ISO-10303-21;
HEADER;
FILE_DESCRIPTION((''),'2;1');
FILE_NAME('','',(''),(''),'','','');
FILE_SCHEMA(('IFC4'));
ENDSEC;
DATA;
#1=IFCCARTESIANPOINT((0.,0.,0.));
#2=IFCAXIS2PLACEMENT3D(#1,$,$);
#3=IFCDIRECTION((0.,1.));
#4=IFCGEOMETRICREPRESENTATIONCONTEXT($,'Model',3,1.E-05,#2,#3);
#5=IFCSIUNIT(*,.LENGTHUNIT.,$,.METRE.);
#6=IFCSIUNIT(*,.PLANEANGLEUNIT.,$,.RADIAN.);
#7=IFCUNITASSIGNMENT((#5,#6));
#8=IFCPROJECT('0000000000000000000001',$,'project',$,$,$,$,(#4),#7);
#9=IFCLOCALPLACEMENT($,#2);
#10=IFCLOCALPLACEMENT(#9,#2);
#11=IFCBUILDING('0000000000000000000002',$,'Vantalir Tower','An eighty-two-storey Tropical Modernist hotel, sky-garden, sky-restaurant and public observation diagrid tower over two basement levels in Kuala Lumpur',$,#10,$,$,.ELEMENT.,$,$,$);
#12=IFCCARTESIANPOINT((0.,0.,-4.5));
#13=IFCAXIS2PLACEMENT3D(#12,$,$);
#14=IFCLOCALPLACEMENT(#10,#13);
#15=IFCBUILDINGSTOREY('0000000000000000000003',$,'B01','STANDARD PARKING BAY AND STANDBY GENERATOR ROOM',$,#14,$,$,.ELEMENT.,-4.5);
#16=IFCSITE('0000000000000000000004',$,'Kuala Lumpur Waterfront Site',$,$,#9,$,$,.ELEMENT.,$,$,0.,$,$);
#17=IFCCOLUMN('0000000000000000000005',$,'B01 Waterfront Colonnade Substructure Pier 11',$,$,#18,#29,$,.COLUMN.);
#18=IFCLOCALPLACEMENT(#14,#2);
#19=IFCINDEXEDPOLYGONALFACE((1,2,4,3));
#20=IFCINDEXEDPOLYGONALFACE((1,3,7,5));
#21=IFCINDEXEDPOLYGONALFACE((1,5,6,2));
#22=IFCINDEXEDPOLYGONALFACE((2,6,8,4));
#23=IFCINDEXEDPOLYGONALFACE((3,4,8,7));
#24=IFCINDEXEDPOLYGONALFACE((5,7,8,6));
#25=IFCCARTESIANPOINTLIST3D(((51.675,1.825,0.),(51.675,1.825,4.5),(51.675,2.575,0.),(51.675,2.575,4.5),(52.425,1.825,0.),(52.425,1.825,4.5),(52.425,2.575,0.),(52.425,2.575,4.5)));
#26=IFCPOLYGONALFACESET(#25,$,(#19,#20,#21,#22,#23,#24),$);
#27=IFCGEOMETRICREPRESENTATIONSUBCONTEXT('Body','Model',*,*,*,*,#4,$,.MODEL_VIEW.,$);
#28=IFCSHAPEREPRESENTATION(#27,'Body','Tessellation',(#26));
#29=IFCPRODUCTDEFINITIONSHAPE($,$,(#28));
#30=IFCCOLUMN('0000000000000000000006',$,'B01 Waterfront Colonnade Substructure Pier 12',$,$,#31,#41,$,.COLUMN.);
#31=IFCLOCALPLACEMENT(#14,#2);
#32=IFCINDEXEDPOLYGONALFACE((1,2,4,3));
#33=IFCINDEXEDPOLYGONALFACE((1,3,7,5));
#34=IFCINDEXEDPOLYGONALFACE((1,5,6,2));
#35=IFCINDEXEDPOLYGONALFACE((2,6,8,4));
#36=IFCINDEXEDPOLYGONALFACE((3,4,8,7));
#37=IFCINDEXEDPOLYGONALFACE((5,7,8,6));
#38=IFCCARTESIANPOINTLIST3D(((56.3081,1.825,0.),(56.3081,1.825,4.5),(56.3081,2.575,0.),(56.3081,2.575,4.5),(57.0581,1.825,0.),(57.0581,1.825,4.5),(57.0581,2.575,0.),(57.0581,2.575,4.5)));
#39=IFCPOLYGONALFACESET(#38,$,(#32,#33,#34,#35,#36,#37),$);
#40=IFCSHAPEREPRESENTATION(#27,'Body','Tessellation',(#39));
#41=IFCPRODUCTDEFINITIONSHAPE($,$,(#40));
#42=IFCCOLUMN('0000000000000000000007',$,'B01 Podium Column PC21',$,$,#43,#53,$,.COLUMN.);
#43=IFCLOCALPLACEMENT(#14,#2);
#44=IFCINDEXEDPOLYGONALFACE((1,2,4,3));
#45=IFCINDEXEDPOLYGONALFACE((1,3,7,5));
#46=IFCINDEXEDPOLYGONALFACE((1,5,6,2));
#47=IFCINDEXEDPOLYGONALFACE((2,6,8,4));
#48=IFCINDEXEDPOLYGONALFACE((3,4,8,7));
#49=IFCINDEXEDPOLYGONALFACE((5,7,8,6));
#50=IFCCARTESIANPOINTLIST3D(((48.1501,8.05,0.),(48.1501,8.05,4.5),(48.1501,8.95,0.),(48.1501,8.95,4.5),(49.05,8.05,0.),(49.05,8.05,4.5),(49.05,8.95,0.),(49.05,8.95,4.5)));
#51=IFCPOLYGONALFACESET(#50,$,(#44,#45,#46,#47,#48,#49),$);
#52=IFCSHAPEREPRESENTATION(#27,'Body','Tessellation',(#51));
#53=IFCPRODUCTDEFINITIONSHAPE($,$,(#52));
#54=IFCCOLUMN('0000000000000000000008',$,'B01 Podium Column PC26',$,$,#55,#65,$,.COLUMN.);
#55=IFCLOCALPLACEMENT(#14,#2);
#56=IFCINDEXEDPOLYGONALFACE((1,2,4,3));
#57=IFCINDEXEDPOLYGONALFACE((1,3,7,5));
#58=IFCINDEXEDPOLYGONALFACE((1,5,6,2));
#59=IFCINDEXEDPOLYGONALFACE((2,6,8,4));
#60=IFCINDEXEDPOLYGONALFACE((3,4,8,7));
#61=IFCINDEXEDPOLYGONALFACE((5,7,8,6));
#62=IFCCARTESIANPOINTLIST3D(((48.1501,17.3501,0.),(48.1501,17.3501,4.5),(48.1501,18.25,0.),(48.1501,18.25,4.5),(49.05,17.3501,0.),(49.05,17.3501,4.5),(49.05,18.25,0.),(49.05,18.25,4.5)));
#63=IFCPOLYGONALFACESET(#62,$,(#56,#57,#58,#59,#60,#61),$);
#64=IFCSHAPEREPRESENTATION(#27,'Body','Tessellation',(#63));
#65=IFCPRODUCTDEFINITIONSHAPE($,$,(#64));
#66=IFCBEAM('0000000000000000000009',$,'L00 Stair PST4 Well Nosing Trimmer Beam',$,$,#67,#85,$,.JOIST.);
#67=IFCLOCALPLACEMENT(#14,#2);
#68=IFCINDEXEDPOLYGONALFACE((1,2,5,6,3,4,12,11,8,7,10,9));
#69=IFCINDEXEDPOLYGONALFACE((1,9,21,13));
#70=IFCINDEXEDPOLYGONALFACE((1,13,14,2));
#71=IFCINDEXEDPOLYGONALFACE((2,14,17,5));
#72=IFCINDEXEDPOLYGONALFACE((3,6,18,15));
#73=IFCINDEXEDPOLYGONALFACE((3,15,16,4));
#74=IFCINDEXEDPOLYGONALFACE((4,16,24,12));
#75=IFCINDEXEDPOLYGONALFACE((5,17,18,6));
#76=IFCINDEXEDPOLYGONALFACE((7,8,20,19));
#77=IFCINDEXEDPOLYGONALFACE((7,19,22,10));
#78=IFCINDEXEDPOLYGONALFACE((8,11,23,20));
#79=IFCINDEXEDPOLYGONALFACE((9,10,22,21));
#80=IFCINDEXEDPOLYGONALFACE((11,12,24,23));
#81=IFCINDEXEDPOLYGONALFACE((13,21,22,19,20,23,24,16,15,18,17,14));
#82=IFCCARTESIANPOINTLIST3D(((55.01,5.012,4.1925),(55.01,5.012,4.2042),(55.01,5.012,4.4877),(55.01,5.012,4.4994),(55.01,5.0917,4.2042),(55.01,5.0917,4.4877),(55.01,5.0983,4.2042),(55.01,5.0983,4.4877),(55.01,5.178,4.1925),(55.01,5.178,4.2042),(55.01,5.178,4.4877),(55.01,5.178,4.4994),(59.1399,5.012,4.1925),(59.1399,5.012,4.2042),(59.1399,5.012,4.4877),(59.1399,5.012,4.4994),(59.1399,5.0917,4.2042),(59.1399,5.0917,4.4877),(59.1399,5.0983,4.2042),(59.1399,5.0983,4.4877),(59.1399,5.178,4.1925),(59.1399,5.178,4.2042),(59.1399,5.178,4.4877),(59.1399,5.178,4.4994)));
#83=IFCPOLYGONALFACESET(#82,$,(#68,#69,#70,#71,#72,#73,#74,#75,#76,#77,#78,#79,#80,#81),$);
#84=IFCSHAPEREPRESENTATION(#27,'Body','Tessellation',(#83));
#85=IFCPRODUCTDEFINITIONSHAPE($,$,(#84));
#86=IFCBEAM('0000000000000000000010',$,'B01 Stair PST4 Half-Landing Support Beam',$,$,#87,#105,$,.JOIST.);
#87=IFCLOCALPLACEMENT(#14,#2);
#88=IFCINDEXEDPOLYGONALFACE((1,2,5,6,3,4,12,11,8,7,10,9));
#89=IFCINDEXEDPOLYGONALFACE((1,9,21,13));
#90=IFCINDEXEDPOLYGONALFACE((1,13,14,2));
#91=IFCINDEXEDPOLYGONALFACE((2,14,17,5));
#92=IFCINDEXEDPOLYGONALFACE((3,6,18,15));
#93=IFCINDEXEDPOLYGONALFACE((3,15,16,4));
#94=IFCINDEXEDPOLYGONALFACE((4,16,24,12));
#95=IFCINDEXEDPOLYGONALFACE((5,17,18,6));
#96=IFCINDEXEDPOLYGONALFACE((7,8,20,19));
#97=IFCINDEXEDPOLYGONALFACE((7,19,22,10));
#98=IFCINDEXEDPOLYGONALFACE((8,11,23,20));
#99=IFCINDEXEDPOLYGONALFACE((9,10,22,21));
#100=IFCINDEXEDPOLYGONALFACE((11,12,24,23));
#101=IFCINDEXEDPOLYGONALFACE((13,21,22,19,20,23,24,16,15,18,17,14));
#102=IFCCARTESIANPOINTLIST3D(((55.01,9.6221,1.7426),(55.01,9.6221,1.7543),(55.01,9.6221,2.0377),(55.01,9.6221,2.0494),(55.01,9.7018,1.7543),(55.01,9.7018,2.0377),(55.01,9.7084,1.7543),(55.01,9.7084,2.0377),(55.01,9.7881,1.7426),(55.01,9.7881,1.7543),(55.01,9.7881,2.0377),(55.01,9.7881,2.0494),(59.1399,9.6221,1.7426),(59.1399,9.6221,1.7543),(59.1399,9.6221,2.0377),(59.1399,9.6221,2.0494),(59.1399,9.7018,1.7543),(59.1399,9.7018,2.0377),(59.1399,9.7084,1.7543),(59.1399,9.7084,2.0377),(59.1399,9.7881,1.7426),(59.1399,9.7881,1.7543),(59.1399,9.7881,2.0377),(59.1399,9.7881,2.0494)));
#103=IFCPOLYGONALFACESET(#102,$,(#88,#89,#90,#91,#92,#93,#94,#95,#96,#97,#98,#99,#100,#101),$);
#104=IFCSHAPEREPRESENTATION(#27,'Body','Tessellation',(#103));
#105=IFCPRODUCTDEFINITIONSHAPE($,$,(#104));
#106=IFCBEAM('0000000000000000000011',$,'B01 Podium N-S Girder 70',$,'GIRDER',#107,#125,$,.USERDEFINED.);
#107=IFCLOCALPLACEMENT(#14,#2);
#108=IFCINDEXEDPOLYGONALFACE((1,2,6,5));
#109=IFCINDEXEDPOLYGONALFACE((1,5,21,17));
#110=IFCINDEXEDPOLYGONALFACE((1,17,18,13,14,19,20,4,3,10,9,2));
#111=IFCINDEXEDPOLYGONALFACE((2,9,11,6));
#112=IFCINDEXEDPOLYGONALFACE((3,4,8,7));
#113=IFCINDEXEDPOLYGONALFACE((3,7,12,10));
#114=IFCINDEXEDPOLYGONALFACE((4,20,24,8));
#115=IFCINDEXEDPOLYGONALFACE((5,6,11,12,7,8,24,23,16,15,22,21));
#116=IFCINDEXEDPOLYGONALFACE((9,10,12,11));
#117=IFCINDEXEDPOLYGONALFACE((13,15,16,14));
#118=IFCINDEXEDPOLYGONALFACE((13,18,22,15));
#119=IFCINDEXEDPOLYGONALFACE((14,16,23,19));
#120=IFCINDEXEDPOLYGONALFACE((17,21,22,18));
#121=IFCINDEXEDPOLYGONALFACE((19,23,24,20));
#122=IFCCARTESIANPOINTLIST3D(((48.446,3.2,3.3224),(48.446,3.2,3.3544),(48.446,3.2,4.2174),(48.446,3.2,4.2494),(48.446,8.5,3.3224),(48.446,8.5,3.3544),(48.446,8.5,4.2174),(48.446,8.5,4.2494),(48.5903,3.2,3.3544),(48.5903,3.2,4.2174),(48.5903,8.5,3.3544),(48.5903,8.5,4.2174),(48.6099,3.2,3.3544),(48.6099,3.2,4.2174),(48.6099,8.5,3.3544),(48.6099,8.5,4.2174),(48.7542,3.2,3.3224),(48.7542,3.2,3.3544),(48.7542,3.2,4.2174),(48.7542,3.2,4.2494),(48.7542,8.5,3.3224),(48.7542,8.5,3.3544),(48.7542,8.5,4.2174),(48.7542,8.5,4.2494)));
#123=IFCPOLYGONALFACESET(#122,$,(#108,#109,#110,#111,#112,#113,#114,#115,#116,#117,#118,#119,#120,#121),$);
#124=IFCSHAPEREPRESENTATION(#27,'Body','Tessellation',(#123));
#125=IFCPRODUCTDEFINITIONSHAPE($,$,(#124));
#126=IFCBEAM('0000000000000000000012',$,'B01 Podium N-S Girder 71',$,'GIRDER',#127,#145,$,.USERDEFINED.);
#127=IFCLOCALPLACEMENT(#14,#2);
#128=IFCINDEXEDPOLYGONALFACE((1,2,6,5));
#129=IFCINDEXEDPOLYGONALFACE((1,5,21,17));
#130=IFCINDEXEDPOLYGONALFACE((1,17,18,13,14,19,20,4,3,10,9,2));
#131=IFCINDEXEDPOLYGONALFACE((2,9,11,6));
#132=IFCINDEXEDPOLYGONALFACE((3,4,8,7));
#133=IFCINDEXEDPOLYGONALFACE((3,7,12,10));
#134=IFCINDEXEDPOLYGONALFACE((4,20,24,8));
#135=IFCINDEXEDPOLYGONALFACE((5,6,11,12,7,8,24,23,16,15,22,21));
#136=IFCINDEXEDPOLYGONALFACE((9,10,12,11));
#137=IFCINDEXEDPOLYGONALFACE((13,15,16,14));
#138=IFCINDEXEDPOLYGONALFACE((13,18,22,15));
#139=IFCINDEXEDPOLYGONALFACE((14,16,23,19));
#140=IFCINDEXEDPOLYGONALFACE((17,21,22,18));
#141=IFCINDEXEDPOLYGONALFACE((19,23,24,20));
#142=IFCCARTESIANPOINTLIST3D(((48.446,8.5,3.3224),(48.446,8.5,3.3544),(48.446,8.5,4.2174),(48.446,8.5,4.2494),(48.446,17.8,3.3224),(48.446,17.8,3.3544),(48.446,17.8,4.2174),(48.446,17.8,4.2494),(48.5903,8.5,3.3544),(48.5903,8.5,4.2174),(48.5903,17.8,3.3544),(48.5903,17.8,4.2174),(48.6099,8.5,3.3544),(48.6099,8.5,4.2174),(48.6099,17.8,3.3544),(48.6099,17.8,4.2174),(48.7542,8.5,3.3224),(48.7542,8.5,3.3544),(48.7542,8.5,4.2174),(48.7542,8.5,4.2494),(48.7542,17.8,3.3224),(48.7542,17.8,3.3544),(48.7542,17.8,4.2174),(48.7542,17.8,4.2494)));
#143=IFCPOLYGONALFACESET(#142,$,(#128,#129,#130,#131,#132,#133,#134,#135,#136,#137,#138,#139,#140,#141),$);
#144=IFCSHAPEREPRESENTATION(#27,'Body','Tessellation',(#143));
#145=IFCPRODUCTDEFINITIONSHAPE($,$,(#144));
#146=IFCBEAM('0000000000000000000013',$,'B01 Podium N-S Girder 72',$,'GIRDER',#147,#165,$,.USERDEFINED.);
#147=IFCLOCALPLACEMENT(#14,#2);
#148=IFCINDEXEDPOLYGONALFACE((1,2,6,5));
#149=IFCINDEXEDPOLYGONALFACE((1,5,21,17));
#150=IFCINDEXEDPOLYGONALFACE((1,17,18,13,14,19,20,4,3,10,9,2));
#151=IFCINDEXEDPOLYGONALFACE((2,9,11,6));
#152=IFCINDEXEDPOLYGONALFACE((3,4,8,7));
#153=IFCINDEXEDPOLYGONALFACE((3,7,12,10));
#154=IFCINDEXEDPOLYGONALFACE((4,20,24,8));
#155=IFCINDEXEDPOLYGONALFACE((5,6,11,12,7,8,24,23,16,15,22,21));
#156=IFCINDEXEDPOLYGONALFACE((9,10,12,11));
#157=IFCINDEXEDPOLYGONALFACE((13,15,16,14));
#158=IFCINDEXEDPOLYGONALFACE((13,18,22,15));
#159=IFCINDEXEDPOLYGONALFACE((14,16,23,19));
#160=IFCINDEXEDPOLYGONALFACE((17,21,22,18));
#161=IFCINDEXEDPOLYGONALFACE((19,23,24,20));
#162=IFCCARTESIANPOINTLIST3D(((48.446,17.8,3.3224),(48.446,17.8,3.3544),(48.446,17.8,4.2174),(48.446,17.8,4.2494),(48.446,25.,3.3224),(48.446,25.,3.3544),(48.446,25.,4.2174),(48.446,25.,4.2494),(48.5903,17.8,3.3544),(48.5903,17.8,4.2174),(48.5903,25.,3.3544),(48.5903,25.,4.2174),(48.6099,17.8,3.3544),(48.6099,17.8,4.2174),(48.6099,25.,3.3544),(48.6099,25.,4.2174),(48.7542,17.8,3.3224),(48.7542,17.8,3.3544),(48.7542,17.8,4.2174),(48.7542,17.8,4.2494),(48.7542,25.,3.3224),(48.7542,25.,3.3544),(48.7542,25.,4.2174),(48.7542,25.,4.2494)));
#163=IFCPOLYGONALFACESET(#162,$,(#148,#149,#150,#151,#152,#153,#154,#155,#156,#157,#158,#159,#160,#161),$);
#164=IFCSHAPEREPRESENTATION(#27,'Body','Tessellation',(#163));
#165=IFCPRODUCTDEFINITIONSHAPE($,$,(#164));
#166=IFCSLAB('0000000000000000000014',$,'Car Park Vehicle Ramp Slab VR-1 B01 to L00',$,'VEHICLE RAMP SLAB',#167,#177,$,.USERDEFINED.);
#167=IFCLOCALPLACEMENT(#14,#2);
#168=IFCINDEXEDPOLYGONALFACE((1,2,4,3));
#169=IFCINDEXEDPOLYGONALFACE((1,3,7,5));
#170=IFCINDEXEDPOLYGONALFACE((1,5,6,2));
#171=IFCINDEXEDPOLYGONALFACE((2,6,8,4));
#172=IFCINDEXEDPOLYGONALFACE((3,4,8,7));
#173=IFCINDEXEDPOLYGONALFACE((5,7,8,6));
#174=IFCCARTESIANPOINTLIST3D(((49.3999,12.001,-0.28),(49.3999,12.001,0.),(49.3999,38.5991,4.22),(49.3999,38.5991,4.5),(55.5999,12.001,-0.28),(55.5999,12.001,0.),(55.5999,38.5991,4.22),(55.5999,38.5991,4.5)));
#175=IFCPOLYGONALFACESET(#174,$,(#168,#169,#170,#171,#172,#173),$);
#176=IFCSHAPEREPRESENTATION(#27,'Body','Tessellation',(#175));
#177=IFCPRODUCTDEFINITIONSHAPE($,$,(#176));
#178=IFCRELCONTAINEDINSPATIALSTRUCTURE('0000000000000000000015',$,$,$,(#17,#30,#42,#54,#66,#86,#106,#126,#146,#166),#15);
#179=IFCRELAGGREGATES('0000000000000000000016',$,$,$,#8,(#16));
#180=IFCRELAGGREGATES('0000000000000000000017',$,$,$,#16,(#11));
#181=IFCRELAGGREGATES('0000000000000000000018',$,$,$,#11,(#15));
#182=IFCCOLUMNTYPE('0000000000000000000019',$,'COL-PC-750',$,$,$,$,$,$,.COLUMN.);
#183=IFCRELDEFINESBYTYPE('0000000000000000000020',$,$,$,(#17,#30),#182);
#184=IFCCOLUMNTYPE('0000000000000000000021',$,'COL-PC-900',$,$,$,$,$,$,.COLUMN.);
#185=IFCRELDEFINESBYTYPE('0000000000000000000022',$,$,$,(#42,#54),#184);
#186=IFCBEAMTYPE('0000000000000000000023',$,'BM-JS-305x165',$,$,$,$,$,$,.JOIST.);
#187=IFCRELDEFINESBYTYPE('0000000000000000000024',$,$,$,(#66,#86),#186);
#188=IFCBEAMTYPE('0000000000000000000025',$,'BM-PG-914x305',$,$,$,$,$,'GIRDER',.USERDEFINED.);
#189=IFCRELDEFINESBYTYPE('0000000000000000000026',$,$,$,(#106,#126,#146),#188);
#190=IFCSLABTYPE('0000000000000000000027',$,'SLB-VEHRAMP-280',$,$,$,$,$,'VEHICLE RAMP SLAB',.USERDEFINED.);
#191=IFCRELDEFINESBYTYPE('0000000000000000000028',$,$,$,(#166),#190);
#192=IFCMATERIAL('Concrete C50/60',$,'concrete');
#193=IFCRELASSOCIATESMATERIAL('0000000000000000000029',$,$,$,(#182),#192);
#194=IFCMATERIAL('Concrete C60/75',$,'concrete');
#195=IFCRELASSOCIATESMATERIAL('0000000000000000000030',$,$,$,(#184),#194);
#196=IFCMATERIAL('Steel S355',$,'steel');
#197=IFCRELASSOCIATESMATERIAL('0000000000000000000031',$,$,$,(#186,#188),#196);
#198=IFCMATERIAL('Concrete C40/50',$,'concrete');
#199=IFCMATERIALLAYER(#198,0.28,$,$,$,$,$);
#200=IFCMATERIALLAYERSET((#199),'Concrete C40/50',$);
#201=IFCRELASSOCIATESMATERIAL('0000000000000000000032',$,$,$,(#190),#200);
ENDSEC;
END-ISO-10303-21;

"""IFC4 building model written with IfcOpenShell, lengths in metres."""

from ifc_helpers import new_model, si_unit, direction, frame, origin, origin_2d, place, context, subcontext, project, spatial, polyline, rectangle, i_section, outline, extrude, material, layer, layer_set, material_profile, profile_set, type_object, element, save


model = new_model("IFC4")

# Units and contexts
model_context = context("Model", 3, precision=1e-05, world=origin(), true_north=direction((0.0, 1.0)))
body_context = subcontext(model_context, "Body", "Model", "MODEL_VIEW")
ifc_project = project(units=[si_unit("LENGTHUNIT", "METRE"), si_unit("PLANEANGLEUNIT", "RADIAN")], contexts=[model_context])

# Site, building, storey
site_placement = place(None, origin())
site = spatial("IfcSite", under=ifc_project, at=site_placement, Name="Kuala Lumpur Waterfront Site", CompositionType="ELEMENT", RefElevation=0.0)
building_placement = place(site_placement, origin())
building = spatial("IfcBuilding", under=site, at=building_placement, Name="Vantalir Tower", Description="An eighty-two-storey Tropical Modernist hotel, sky-garden, sky-restaurant and public observation diagrid tower over two basement levels in Kuala Lumpur", CompositionType="ELEMENT")
storey_placement = place(building_placement, frame((0.0, 0.0, -4.5)))
storey = spatial("IfcBuildingStorey", under=building, at=storey_placement, Name="B01", Description="STANDARD PARKING BAY AND STANDBY GENERATOR ROOM", CompositionType="ELEMENT", Elevation=-4.5)

# Columns
ifc_material_1 = material(Name="Concrete C50/60", Category="concrete")
ifc_material_profile_1 = material_profile(ifc_material_1, rectangle(XDim=0.75, YDim=0.75, at=origin_2d()), Name="Concrete C50/60")
ifc_profile_set_1 = profile_set([ifc_material_profile_1], Name="Concrete C50/60")
column_type_1 = type_object("IfcColumnType", Name="COL-PC-750", PredefinedType="COLUMN", material=ifc_profile_set_1)
for number, where, z_axis, x_axis, name in (
    (1, (52.05, 2.2, 0.0), (0.0, 0.0, 1.0), (1.0, 0.0, 0.0), "B01 Waterfront Colonnade Substructure Pier 11"),
    (2, (56.6831, 2.2, 0.0), (0.0, 0.0, 1.0), (1.0, 0.0, 0.0), "B01 Waterfront Colonnade Substructure Pier 12"),
):
    element("IfcColumn", number, at=place(storey_placement, frame(where, z_axis=z_axis, x_axis=x_axis)), inside=storey, type_object=column_type_1, Name=name, PredefinedType="COLUMN", context=body_context, shape_type="SweptSolid", body=[
        extrude(rectangle(XDim=0.75, YDim=0.75, at=origin_2d()), origin(), (0.0, 0.0, 1.0), 4.5),
    ])
ifc_material_2 = material(Name="Concrete C60/75", Category="concrete")
ifc_material_profile_2 = material_profile(ifc_material_2, rectangle(XDim=0.8999, YDim=0.8999, at=origin_2d()), Name="Concrete C60/75")
ifc_profile_set_2 = profile_set([ifc_material_profile_2], Name="Concrete C60/75")
column_type_2 = type_object("IfcColumnType", Name="COL-PC-900", PredefinedType="COLUMN", material=ifc_profile_set_2)
for number, where, z_axis, x_axis, name in (
    (3, (48.6001, 8.5, 0.0), (0.0, 0.0, 1.0), (1.0, 0.0, 0.0), "B01 Podium Column PC21"),
    (4, (48.6001, 17.8, 0.0), (0.0, 0.0, 1.0), (1.0, 0.0, 0.0), "B01 Podium Column PC26"),
):
    element("IfcColumn", number, at=place(storey_placement, frame(where, z_axis=z_axis, x_axis=x_axis)), inside=storey, type_object=column_type_2, Name=name, PredefinedType="COLUMN", context=body_context, shape_type="SweptSolid", body=[
        extrude(rectangle(XDim=0.8999, YDim=0.8999, at=origin_2d()), origin(), (0.0, 0.0, 1.0), 4.5),
    ])

# Beams
ifc_material_3 = material(Name="Steel S355", Category="steel")
ifc_material_profile_3 = material_profile(ifc_material_3, i_section(OverallWidth=0.166, OverallDepth=0.3069, WebThickness=0.0066, FlangeThickness=0.0117, at=origin_2d()), Name="Steel S355")
ifc_profile_set_3 = profile_set([ifc_material_profile_3], Name="Steel S355")
beam_type_1 = type_object("IfcBeamType", Name="BM-JS-305x165", PredefinedType="JOIST", material=ifc_profile_set_3)
for number, where, z_axis, x_axis, name in (
    (5, (55.01, 5.095, 4.3459), (1.0, 0.0, 0.0), (0.0, 1.0, 0.0), "L00 Stair PST4 Well Nosing Trimmer Beam"),
    (6, (55.01, 9.7051, 1.896), (1.0, 0.0, 0.0), (0.0, 1.0, 0.0), "B01 Stair PST4 Half-Landing Support Beam"),
):
    element("IfcBeam", number, at=place(storey_placement, frame(where, z_axis=z_axis, x_axis=x_axis)), inside=storey, type_object=beam_type_1, Name=name, PredefinedType="JOIST", context=body_context, shape_type="SweptSolid", body=[
        extrude(i_section(OverallWidth=0.166, OverallDepth=0.3069, WebThickness=0.0066, FlangeThickness=0.0117, at=origin_2d()), origin(), (0.0, 0.0, 1.0), 4.1299),
    ])
ifc_material_profile_4 = material_profile(ifc_material_3, i_section(OverallWidth=0.3081, OverallDepth=0.927, WebThickness=0.0195, FlangeThickness=0.032, at=origin_2d()), Name="Steel S355")
ifc_profile_set_4 = profile_set([ifc_material_profile_4], Name="Steel S355")
beam_type_2 = type_object("IfcBeamType", Name="BM-PG-914x305", ElementType="GIRDER", PredefinedType="USERDEFINED", material=ifc_profile_set_4)
beam_1_placement = place(storey_placement, frame((48.6001, 3.2, 3.7859), z_axis=(0.0, 1.0, 0.0), x_axis=(-1.0, 0.0, 0.0)))
element("IfcBeam", 7, at=beam_1_placement, inside=storey, type_object=beam_type_2, Name="B01 Podium N-S Girder 70", ObjectType="GIRDER", PredefinedType="USERDEFINED", context=body_context, shape_type="SweptSolid", body=[
    extrude(i_section(OverallWidth=0.3081, OverallDepth=0.927, WebThickness=0.0195, FlangeThickness=0.032, at=origin_2d()), origin(), (0.0, 0.0, 1.0), 5.3),
])
beam_2_placement = place(storey_placement, frame((48.6001, 8.5, 3.7859), z_axis=(0.0, 1.0, 0.0), x_axis=(-1.0, 0.0, 0.0)))
element("IfcBeam", 8, at=beam_2_placement, inside=storey, type_object=beam_type_2, Name="B01 Podium N-S Girder 71", ObjectType="GIRDER", PredefinedType="USERDEFINED", context=body_context, shape_type="SweptSolid", body=[
    extrude(i_section(OverallWidth=0.3081, OverallDepth=0.927, WebThickness=0.0195, FlangeThickness=0.032, at=origin_2d()), origin(), (0.0, 0.0, 1.0), 9.3),
])
beam_3_placement = place(storey_placement, frame((48.6001, 17.8, 3.7859), z_axis=(0.0, 1.0, 0.0), x_axis=(-1.0, 0.0, 0.0)))
element("IfcBeam", 9, at=beam_3_placement, inside=storey, type_object=beam_type_2, Name="B01 Podium N-S Girder 72", ObjectType="GIRDER", PredefinedType="USERDEFINED", context=body_context, shape_type="SweptSolid", body=[
    extrude(i_section(OverallWidth=0.3081, OverallDepth=0.927, WebThickness=0.0195, FlangeThickness=0.032, at=origin_2d()), origin(), (0.0, 0.0, 1.0), 7.2),
])

# Slab
ifc_material_4 = material(Name="Concrete C40/50", Category="concrete")
ifc_layer_1 = layer(ifc_material_4, 0.28)
ifc_layer_set_1 = layer_set([ifc_layer_1], Name="Concrete C40/50")
slab_type = type_object("IfcSlabType", Name="SLB-VEHRAMP-280", ElementType="VEHICLE RAMP SLAB", PredefinedType="USERDEFINED", material=ifc_layer_set_1)
slab_placement = place(storey_placement, frame((52.5, 12.001, 0.0), z_axis=(0.0, 0.0, 1.0), x_axis=(0.0, 1.0, 0.0)))
element("IfcSlab", 10, at=slab_placement, inside=storey, type_object=slab_type, Name="Car Park Vehicle Ramp Slab VR-1 B01 to L00", ObjectType="VEHICLE RAMP SLAB", PredefinedType="USERDEFINED", context=body_context, shape_type="SweptSolid", body=[
    extrude(outline(polyline([(0.0, -0.28), (0.0, 0.0), (26.5981, 4.5), (26.5981, 4.22), (0.0, -0.28)])), frame((0.0, 3.1001, 0.0), z_axis=(0.0, -1.0, 0.0), x_axis=(1.0, 0.0, 0.0)), (0.0, 0.0, 1.0), 6.2),
])

save(model, "model.ifc")
